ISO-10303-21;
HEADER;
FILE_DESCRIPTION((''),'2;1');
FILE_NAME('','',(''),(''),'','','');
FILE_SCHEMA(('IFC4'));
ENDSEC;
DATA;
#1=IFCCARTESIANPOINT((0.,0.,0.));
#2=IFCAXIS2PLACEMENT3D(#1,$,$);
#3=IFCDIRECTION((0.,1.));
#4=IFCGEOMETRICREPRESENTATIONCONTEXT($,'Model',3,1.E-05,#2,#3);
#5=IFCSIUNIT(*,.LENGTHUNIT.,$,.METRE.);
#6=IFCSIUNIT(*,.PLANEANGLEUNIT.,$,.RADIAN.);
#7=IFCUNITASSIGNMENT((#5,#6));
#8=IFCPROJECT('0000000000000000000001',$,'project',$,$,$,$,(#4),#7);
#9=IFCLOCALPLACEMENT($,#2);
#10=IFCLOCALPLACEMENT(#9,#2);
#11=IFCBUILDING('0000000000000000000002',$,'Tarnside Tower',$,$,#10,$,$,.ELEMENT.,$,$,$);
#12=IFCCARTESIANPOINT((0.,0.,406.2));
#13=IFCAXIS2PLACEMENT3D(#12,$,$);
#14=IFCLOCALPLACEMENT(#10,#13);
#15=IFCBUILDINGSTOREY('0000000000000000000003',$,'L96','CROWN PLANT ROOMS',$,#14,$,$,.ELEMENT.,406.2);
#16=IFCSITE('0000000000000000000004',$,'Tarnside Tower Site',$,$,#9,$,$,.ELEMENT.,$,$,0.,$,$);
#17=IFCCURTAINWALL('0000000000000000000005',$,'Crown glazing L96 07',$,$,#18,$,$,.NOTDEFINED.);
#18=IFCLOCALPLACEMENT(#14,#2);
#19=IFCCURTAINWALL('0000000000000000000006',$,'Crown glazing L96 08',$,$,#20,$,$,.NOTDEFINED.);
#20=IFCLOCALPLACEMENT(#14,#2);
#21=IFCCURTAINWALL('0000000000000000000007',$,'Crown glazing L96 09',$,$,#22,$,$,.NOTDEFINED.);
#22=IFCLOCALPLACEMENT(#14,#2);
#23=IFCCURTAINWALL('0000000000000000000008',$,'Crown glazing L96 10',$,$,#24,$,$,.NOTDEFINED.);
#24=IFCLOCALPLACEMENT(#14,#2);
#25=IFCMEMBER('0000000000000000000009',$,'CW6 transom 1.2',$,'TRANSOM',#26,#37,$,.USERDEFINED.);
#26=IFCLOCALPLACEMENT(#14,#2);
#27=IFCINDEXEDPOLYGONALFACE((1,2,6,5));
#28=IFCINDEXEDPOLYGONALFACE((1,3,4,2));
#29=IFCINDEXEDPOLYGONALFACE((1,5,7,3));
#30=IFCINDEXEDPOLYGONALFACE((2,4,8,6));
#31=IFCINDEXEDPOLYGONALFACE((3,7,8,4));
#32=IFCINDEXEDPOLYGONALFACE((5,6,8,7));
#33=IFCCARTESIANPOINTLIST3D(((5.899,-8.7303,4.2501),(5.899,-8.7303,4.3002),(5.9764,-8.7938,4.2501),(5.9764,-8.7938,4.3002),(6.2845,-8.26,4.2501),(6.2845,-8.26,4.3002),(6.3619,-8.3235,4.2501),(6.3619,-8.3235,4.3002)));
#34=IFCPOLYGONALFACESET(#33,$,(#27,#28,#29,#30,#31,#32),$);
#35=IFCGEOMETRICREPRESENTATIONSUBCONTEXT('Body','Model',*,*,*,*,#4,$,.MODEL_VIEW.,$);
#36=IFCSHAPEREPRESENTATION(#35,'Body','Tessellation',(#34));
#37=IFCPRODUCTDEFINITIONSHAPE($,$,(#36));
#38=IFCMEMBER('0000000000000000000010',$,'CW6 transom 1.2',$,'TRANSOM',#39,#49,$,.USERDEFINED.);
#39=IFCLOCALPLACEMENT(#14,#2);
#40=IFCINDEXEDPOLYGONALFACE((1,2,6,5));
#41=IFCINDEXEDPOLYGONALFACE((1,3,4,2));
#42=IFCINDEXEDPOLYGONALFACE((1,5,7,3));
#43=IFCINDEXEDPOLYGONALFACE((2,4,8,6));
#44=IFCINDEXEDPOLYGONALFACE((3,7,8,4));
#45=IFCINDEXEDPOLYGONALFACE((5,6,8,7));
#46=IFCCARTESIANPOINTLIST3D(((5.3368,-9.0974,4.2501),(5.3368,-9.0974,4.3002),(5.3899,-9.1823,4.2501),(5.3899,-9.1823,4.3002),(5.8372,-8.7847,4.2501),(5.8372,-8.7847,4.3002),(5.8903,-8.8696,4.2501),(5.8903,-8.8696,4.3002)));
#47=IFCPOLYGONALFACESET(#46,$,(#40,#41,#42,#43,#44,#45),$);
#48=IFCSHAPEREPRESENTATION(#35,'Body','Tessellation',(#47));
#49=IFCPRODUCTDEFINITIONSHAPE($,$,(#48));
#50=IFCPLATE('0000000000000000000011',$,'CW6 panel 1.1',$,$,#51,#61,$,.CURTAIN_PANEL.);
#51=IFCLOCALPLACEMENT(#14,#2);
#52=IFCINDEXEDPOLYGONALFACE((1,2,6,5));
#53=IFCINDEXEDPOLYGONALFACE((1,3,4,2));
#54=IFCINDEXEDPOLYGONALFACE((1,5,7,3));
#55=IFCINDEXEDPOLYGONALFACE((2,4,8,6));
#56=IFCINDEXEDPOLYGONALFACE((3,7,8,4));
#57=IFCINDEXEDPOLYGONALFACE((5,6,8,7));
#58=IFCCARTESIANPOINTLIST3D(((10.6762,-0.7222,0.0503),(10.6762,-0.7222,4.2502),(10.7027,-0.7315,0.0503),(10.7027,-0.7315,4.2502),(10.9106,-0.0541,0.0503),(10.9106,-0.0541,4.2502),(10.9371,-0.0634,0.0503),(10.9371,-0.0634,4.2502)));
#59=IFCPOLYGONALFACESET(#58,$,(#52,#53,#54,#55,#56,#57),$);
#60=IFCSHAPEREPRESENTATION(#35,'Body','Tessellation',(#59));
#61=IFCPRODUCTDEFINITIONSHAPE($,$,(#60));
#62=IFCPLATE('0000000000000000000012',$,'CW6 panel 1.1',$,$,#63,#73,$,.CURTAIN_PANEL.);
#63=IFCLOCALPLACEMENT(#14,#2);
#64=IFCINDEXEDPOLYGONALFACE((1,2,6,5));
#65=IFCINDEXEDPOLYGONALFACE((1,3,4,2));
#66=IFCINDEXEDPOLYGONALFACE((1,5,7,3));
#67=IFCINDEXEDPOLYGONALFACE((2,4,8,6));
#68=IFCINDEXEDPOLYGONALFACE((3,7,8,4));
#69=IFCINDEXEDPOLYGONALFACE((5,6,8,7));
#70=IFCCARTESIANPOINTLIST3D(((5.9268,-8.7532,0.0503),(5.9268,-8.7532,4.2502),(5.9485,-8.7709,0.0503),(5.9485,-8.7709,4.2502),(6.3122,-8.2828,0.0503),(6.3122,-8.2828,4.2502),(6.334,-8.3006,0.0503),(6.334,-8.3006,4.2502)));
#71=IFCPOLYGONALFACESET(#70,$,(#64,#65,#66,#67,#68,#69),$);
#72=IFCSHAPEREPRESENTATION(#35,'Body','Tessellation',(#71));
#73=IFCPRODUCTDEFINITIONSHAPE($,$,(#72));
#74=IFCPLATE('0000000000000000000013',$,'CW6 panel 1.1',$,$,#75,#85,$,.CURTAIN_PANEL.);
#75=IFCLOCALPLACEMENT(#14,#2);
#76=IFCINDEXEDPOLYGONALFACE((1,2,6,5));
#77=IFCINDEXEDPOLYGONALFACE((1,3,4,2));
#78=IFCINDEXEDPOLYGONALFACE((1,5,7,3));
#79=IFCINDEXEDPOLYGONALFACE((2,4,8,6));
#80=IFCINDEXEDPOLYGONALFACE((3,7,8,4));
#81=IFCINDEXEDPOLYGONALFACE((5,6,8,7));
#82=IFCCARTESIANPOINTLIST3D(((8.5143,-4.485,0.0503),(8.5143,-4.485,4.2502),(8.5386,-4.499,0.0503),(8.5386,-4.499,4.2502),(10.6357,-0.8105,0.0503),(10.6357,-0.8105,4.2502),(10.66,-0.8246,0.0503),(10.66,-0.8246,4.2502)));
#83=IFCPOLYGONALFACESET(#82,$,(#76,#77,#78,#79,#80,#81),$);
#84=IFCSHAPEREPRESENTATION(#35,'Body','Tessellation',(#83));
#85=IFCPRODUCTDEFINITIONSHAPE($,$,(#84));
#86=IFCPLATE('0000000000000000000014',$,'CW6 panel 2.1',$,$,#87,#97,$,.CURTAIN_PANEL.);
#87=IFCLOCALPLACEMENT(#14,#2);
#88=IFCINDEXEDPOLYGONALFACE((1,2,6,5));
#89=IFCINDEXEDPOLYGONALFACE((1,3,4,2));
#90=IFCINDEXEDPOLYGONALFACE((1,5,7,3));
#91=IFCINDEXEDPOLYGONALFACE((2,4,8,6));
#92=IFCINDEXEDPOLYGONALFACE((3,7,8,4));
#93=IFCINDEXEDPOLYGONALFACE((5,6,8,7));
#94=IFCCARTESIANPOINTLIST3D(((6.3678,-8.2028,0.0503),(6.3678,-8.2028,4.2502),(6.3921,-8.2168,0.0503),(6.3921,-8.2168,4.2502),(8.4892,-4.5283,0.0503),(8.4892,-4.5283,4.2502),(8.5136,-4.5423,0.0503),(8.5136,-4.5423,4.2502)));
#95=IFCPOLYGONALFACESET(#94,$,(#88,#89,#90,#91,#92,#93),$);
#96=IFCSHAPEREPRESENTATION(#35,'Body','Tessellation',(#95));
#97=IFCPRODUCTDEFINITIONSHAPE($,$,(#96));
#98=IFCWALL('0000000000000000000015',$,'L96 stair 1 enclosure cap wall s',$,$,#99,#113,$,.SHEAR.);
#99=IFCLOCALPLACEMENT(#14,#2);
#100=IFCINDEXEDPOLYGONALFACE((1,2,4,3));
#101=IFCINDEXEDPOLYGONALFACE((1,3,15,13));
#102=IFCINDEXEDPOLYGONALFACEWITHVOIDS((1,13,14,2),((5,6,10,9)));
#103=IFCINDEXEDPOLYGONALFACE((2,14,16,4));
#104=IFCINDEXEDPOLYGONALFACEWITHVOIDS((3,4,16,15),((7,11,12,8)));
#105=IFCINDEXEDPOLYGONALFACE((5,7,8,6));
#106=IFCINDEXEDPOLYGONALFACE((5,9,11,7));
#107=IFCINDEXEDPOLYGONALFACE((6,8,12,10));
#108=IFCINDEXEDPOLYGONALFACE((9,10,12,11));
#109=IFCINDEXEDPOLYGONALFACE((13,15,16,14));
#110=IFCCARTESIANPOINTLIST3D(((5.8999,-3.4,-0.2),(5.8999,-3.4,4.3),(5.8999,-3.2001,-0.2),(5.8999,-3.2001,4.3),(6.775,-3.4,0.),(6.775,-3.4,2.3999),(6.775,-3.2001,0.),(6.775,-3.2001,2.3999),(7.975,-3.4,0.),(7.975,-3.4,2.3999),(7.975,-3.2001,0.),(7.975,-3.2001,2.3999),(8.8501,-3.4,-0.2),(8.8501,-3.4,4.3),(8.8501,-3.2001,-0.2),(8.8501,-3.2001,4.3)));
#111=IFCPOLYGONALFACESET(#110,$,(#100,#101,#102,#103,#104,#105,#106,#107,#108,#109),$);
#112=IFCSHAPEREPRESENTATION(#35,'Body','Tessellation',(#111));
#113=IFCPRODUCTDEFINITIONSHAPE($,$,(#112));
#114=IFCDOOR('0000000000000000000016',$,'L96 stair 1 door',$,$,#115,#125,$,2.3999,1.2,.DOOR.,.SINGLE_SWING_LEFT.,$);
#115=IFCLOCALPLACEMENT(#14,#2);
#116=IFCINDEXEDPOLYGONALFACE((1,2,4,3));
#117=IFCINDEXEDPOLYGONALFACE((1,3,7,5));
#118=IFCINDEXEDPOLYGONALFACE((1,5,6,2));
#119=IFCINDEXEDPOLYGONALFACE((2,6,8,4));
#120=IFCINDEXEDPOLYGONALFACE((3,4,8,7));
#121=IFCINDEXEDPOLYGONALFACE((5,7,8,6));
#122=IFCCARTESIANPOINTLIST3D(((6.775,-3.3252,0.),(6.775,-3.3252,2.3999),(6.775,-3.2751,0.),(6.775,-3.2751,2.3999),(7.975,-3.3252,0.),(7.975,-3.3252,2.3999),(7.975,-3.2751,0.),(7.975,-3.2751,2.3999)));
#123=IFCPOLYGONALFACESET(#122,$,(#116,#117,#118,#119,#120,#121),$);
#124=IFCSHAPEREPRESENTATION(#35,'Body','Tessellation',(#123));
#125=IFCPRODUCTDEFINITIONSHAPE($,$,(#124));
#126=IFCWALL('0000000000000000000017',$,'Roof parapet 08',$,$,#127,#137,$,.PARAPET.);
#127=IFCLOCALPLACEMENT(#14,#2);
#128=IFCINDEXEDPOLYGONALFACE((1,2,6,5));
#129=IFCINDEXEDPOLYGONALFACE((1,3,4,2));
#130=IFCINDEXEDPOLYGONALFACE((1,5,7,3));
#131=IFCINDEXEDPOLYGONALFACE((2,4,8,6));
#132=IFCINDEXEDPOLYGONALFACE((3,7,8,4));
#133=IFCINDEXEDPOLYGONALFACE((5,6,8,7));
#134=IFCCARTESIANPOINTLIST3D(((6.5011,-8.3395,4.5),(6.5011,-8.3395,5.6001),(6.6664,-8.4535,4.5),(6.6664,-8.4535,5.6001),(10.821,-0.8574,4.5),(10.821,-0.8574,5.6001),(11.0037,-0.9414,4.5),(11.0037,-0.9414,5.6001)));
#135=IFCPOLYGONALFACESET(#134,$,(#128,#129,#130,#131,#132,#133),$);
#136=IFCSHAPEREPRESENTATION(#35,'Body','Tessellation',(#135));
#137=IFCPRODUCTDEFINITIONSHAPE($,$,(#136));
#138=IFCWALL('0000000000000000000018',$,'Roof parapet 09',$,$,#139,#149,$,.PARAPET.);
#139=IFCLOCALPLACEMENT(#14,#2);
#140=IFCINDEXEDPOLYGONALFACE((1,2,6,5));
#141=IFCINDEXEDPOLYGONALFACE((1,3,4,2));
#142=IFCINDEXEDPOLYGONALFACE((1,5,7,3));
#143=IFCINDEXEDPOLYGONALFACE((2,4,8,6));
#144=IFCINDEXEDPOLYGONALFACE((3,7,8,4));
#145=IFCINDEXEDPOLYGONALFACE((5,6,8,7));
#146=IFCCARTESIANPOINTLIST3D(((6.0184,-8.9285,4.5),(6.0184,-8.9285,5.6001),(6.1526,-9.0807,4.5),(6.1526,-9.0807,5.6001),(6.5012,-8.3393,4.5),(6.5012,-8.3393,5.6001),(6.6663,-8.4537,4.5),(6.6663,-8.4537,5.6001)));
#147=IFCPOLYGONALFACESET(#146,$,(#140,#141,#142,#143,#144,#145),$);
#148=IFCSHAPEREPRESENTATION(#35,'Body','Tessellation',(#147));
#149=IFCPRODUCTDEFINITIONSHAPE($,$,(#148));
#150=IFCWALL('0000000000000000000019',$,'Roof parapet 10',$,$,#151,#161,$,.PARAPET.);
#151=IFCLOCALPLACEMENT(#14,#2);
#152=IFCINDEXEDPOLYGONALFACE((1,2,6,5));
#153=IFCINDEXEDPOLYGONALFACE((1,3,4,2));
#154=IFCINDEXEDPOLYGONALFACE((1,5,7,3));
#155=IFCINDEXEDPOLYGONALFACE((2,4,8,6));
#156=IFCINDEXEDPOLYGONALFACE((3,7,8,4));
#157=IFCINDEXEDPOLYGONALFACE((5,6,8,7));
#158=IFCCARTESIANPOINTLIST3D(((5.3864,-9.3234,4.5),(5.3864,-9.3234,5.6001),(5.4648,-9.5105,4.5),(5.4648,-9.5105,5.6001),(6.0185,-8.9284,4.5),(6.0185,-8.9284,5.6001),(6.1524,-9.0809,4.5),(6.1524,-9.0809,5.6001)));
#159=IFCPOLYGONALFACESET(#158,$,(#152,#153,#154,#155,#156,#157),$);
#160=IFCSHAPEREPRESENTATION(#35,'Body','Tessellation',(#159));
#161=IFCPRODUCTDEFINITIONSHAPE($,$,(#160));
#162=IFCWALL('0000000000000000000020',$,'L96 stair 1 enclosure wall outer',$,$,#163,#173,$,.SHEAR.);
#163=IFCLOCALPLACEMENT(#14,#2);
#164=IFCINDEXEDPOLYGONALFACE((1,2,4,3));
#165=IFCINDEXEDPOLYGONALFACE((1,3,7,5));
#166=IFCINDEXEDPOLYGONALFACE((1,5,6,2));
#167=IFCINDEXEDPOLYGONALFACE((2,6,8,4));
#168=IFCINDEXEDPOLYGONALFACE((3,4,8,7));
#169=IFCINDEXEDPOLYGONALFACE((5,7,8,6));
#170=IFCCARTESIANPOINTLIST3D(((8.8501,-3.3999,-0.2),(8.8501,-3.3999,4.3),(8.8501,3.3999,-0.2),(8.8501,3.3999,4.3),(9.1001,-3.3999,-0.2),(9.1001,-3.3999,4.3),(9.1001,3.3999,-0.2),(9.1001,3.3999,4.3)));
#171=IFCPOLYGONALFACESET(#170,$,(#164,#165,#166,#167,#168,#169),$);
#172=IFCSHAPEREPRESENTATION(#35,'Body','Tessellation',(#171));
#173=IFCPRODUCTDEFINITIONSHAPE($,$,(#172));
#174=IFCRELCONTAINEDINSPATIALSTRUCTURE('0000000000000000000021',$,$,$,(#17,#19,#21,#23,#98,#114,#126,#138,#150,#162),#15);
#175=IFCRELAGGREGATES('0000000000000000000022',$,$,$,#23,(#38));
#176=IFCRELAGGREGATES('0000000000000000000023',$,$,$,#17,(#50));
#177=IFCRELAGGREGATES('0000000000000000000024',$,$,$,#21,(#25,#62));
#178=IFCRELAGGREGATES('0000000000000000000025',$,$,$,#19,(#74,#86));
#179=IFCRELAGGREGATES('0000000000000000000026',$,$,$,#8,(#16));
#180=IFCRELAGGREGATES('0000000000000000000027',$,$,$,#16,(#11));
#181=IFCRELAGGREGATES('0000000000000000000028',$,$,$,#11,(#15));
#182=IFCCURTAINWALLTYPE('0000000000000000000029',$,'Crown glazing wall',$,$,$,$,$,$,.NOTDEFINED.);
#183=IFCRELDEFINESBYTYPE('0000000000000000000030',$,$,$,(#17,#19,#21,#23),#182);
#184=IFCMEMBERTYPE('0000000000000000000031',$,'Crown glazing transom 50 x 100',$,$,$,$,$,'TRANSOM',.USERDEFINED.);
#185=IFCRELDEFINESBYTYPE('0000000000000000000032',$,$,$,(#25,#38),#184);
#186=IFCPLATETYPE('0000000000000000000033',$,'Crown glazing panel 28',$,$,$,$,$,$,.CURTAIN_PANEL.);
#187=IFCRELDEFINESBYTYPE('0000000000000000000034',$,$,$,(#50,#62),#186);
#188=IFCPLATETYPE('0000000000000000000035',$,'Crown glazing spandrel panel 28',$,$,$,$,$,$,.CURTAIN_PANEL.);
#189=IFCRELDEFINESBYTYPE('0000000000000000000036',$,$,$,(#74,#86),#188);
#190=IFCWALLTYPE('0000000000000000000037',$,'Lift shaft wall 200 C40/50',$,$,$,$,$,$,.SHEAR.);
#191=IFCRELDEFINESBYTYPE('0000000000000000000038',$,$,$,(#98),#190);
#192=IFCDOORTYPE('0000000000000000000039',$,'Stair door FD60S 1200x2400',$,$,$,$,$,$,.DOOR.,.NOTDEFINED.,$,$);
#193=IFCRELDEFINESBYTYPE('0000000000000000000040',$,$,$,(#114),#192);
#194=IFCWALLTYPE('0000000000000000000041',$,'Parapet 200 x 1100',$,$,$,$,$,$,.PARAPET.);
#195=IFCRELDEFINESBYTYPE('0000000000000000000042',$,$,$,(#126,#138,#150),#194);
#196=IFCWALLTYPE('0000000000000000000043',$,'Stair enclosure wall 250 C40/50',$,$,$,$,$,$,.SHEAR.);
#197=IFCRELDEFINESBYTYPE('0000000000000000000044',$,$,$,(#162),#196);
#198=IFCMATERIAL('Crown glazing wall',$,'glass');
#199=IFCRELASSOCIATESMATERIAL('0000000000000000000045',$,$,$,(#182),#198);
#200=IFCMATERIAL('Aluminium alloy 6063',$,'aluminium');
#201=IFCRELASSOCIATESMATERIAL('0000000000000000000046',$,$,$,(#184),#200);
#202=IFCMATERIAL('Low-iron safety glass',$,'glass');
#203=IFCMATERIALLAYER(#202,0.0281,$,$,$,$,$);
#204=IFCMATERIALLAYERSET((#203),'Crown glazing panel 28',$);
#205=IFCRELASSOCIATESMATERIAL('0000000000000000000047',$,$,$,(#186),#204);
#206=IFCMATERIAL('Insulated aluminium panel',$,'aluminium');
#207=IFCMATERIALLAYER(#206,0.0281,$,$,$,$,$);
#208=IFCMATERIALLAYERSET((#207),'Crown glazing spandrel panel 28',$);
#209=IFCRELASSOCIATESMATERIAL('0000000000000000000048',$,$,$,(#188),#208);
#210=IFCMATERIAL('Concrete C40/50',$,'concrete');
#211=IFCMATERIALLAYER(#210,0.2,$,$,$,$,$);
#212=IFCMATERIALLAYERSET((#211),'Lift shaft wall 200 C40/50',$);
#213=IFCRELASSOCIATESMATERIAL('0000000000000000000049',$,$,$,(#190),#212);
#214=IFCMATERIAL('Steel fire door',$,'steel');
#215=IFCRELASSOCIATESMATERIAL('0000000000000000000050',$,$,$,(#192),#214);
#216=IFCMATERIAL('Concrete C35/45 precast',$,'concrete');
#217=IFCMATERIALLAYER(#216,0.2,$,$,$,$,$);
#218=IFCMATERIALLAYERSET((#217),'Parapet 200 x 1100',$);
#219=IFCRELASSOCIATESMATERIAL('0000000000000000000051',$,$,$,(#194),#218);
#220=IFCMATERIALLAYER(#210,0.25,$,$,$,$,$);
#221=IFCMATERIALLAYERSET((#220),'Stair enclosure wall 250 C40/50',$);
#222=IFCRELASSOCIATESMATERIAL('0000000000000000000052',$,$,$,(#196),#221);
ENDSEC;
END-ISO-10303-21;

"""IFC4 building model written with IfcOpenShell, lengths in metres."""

from ifc_helpers import new_model, si_unit, direction, frame, frame_2d, origin, origin_2d, place, context, subcontext, project, spatial, polyline, rectangle, outline, extrude, material, layer, layer_set, material_profile, profile_set, type_object, element, fill, aggregate, save


model = new_model("IFC4")

# Units and contexts
model_context = context("Model", 3, precision=1e-05, world=origin(), true_north=direction((0.0, 1.0)))
body_context = subcontext(model_context, "Body", "Model", "MODEL_VIEW")
ifc_project = project(units=[si_unit("LENGTHUNIT", "METRE"), si_unit("PLANEANGLEUNIT", "RADIAN")], contexts=[model_context])

# Site, building, storey
site_placement = place(None, origin())
site = spatial("IfcSite", under=ifc_project, at=site_placement, Name="Tarnside Tower Site", CompositionType="ELEMENT", RefElevation=0.0)
building_placement = place(site_placement, origin())
building = spatial("IfcBuilding", under=site, at=building_placement, Name="Tarnside Tower", CompositionType="ELEMENT")
storey_placement = place(building_placement, frame((0.0, 0.0, 406.2)))
storey = spatial("IfcBuildingStorey", under=building, at=storey_placement, Name="L96", Description="CROWN PLANT ROOMS", CompositionType="ELEMENT", Elevation=406.2)

# Curtain wall
ifc_material_1 = material(Name="Crown glazing wall", Category="glass")
curtain_wall_type = type_object("IfcCurtainWallType", Name="Crown glazing wall", PredefinedType="NOTDEFINED", material=ifc_material_1)
curtain_wall_1_placement = place(storey_placement, origin())
curtain_wall_1 = element("IfcCurtainWall", 1, at=curtain_wall_1_placement, inside=storey, type_object=curtain_wall_type, Name="Crown glazing L96 07", PredefinedType="NOTDEFINED")
ifc_material_2 = material(Name="Aluminium alloy 6063", Category="aluminium")

# Curtain walls
curtain_wall_2_placement = place(storey_placement, origin())
curtain_wall_2 = element("IfcCurtainWall", 2, at=curtain_wall_2_placement, inside=storey, type_object=curtain_wall_type, Name="Crown glazing L96 08", PredefinedType="NOTDEFINED")
curtain_wall_3_placement = place(storey_placement, origin())
curtain_wall_3 = element("IfcCurtainWall", 3, at=curtain_wall_3_placement, inside=storey, type_object=curtain_wall_type, Name="Crown glazing L96 09", PredefinedType="NOTDEFINED")

# Curtain wall
curtain_wall_4_placement = place(storey_placement, origin())
curtain_wall_4 = element("IfcCurtainWall", 4, at=curtain_wall_4_placement, inside=storey, type_object=curtain_wall_type, Name="Crown glazing L96 10", PredefinedType="NOTDEFINED")

# Members
ifc_material_profile_1 = material_profile(ifc_material_2, rectangle(XDim=0.1001, YDim=0.05, at=origin_2d()), Name="Crown glazing transom 50 x 100")
ifc_profile_set_1 = profile_set([ifc_material_profile_1], Name="Aluminium alloy 6063")
member_type_1 = type_object("IfcMemberType", Name="Crown glazing transom 50 x 100", ElementType="TRANSOM", PredefinedType="USERDEFINED", material=ifc_profile_set_1)
member_1_placement = place(storey_placement, frame((6.3232, -8.2917, 4.2751), z_axis=(-0.634003, -0.773331, 0.0), x_axis=(0.773331, -0.634003, 0.0)))
member_1 = element("IfcMember", 5, at=member_1_placement, type_object=member_type_1, Name="CW6 transom 1.2", ObjectType="TRANSOM", PredefinedType="USERDEFINED", context=body_context, shape_type="SweptSolid", body=[
    extrude(rectangle(XDim=0.1001, YDim=0.05, at=origin_2d()), origin(), (0.0, 0.0, 1.0), 0.6082),
])
member_2_placement = place(storey_placement, frame((5.8638, -8.8271, 4.2751), z_axis=(-0.848045, -0.529925, 0.0), x_axis=(0.529925, -0.848045, 0.0)))
member_2 = element("IfcMember", 6, at=member_2_placement, type_object=member_type_1, Name="CW6 transom 1.2", ObjectType="TRANSOM", PredefinedType="USERDEFINED", context=body_context, shape_type="SweptSolid", body=[
    extrude(rectangle(XDim=0.1001, YDim=0.05, at=origin_2d()), origin(), (0.0, 0.0, 1.0), 0.5901),
])
aggregate(curtain_wall_4, [member_2])

# Plates
ifc_material_3 = material(Name="Low-iron safety glass", Category="glass")
ifc_layer_1 = layer(ifc_material_3, 0.0281)
ifc_layer_set_1 = layer_set([ifc_layer_1], Name="Crown glazing panel 28")
plate_type_1 = type_object("IfcPlateType", Name="Crown glazing panel 28", PredefinedType="CURTAIN_PANEL", material=ifc_layer_set_1)
plate_1_placement = place(storey_placement, frame((10.8066, -0.3928, 0.0503), z_axis=(0.0, 0.0, 1.0), x_axis=(-0.331063, -0.943609, 0.0)))
plate_1 = element("IfcPlate", 7, at=plate_1_placement, type_object=plate_type_1, Name="CW6 panel 1.1", PredefinedType="CURTAIN_PANEL", context=body_context, shape_type="SweptSolid", body=[
    extrude(rectangle(XDim=0.708, YDim=0.0281, at=origin_2d()), origin(), (0.0, 0.0, 1.0), 4.2),
])
aggregate(curtain_wall_1, [plate_1])
plate_2_placement = place(storey_placement, frame((6.1304, -8.5269, 0.0503), z_axis=(0.0, 0.0, 1.0), x_axis=(-0.633831, -0.773472, 0.0)))
plate_2 = element("IfcPlate", 8, at=plate_2_placement, type_object=plate_type_1, Name="CW6 panel 1.1", PredefinedType="CURTAIN_PANEL", context=body_context, shape_type="SweptSolid", body=[
    extrude(rectangle(XDim=0.6082, YDim=0.0281, at=origin_2d()), origin(), (0.0, 0.0, 1.0), 4.2),
])
aggregate(curtain_wall_3, [member_1, plate_2])
ifc_material_4 = material(Name="Insulated aluminium panel", Category="aluminium")
ifc_layer_2 = layer(ifc_material_4, 0.0281)
ifc_layer_set_2 = layer_set([ifc_layer_2], Name="Crown glazing spandrel panel 28")
plate_type_2 = type_object("IfcPlateType", Name="Crown glazing spandrel panel 28", PredefinedType="CURTAIN_PANEL", material=ifc_layer_set_2)
plate_3_placement = place(storey_placement, frame((9.5872, -2.6548, 0.0503), z_axis=(0.0, 0.0, 1.0), x_axis=(-0.5, -0.866025, 0.0)))
plate_3 = element("IfcPlate", 9, at=plate_3_placement, type_object=plate_type_2, Name="CW6 panel 1.1", PredefinedType="CURTAIN_PANEL", context=body_context, shape_type="SweptSolid", body=[
    extrude(rectangle(XDim=4.2429, YDim=0.0281, at=origin_2d()), origin(), (0.0, 0.0, 1.0), 4.2),
])
plate_4_placement = place(storey_placement, frame((7.4407, -6.3726, 0.0503), z_axis=(0.0, 0.0, 1.0), x_axis=(-0.5, -0.866025, 0.0)))
plate_4 = element("IfcPlate", 10, at=plate_4_placement, type_object=plate_type_2, Name="CW6 panel 2.1", PredefinedType="CURTAIN_PANEL", context=body_context, shape_type="SweptSolid", body=[
    extrude(rectangle(XDim=4.2429, YDim=0.0281, at=origin_2d()), origin(), (0.0, 0.0, 1.0), 4.2),
])
aggregate(curtain_wall_2, [plate_3, plate_4])

# Wall, opening, door
ifc_material_5 = material(Name="Concrete C40/50", Category="concrete")
ifc_layer_3 = layer(ifc_material_5, 0.2)
ifc_layer_set_3 = layer_set([ifc_layer_3], Name="Lift shaft wall 200 C40/50")
wall_type_1 = type_object("IfcWallType", Name="Lift shaft wall 200 C40/50", PredefinedType="SHEAR", material=ifc_layer_set_3)
wall_1_placement = place(storey_placement, frame((5.8999, -3.3, -0.2), z_axis=(0.0, 0.0, 1.0), x_axis=(1.0, 0.0, 0.0)))
wall_1 = element("IfcWall", 11, at=wall_1_placement, inside=storey, type_object=wall_type_1, Name="L96 stair 1 enclosure cap wall s", PredefinedType="SHEAR", context=body_context, shape_type="SweptSolid", body=[
    extrude(rectangle(XDim=2.9502, YDim=0.2, at=frame_2d((1.4751, 0.0))), origin(), (0.0, 0.0, 1.0), 4.5),
])
opening_placement = place(wall_1_placement, frame((0.875, 0.0, 0.2)))
opening = element("IfcOpeningElement", 12, at=opening_placement, cuts=wall_1, PredefinedType="OPENING", context=body_context, shape_type="SweptSolid", body=[
    extrude(rectangle(XDim=1.2, YDim=2.3999, at=frame_2d((0.6001, 1.2))), frame((0.0, 0.1099, 0.0), z_axis=(0.0, -1.0, 0.0), x_axis=(1.0, 0.0, 0.0)), (0.0, 0.0, 1.0), 0.22),
])
ifc_material_6 = material(Name="Steel fire door", Category="steel")
door_type = type_object("IfcDoorType", Name="Stair door FD60S 1200x2400", OperationType="NOTDEFINED", PredefinedType="DOOR", material=ifc_material_6)
door_placement = place(opening_placement, origin())
door = element("IfcDoor", 13, at=door_placement, inside=storey, type_object=door_type, Name="L96 stair 1 door", OperationType="SINGLE_SWING_LEFT", OverallHeight=2.3999, OverallWidth=1.2, PredefinedType="DOOR", context=body_context, shape_type="SweptSolid", body=[
    extrude(rectangle(XDim=1.2, YDim=2.3999, at=frame_2d((0.6001, 1.2))), frame((0.0, 0.0249, 0.0), z_axis=(0.0, -1.0, 0.0), x_axis=(1.0, 0.0, 0.0)), (0.0, 0.0, 1.0), 0.05),
])
fill(opening, door)

# Walls
ifc_material_7 = material(Name="Concrete C35/45 precast", Category="concrete")
ifc_layer_4 = layer(ifc_material_7, 0.2)
ifc_layer_set_4 = layer_set([ifc_layer_4], Name="Parapet 200 x 1100")
wall_type_2 = type_object("IfcWallType", Name="Parapet 200 x 1100", PredefinedType="PARAPET", material=ifc_layer_set_4)
wall_2_placement = place(storey_placement, frame((10.9124, -0.8994, 4.5), z_axis=(0.0, 0.0, 1.0), x_axis=(-0.500015, -0.866017, 0.0)))
element("IfcWall", 14, at=wall_2_placement, inside=storey, type_object=wall_type_2, Name="Roof parapet 08", PredefinedType="PARAPET", context=body_context, shape_type="SweptSolid", body=[
    extrude(outline(polyline([(0.0093, -0.1001), (8.6489, -0.1001), (8.665, 0.1001), (-0.0093, 0.1001), (0.0093, -0.1001)])), origin(), (0.0, 0.0, 1.0), 1.1001),
])
wall_3_placement = place(storey_placement, frame((6.5837, -8.3965, 4.5), z_axis=(0.0, 0.0, 1.0), x_axis=(-0.633779, -0.773514, 0.0)))
element("IfcWall", 15, at=wall_3_placement, inside=storey, type_object=wall_type_2, Name="Roof parapet 09", PredefinedType="PARAPET", context=body_context, shape_type="SweptSolid", body=[
    extrude(outline(polyline([(0.0081, -0.1001), (0.7698, -0.1001), (0.8025, 0.1001), (-0.0081, 0.1001), (0.0081, -0.1001)])), origin(), (0.0, 0.0, 1.0), 1.1001),
])
wall_4_placement = place(storey_placement, frame((6.0854, -9.0046, 4.5), z_axis=(0.0, 0.0, 1.0), x_axis=(-0.848051, -0.529914, 0.0)))
element("IfcWall", 16, at=wall_4_placement, inside=storey, type_object=wall_type_2, Name="Roof parapet 10", PredefinedType="PARAPET", context=body_context, shape_type="SweptSolid", body=[
    extrude(outline(polyline([(0.0164, -0.1001), (0.7617, -0.1001), (0.7944, 0.1001), (-0.0164, 0.1001), (0.0164, -0.1001)])), origin(), (0.0, 0.0, 1.0), 1.1001),
])
ifc_layer_5 = layer(ifc_material_5, 0.25)
ifc_layer_set_5 = layer_set([ifc_layer_5], Name="Stair enclosure wall 250 C40/50")
wall_type_3 = type_object("IfcWallType", Name="Stair enclosure wall 250 C40/50", PredefinedType="SHEAR", material=ifc_layer_set_5)
wall_5_placement = place(storey_placement, frame((8.9751, -3.3999, -0.2), z_axis=(0.0, 0.0, 1.0), x_axis=(0.0, 1.0, 0.0)))
element("IfcWall", 17, at=wall_5_placement, inside=storey, type_object=wall_type_3, Name="L96 stair 1 enclosure wall outer", PredefinedType="SHEAR", context=body_context, shape_type="SweptSolid", body=[
    extrude(rectangle(XDim=6.7998, YDim=0.25, at=frame_2d((3.3999, 0.0))), origin(), (0.0, 0.0, 1.0), 4.5),
])

save(model, "model.ifc")
